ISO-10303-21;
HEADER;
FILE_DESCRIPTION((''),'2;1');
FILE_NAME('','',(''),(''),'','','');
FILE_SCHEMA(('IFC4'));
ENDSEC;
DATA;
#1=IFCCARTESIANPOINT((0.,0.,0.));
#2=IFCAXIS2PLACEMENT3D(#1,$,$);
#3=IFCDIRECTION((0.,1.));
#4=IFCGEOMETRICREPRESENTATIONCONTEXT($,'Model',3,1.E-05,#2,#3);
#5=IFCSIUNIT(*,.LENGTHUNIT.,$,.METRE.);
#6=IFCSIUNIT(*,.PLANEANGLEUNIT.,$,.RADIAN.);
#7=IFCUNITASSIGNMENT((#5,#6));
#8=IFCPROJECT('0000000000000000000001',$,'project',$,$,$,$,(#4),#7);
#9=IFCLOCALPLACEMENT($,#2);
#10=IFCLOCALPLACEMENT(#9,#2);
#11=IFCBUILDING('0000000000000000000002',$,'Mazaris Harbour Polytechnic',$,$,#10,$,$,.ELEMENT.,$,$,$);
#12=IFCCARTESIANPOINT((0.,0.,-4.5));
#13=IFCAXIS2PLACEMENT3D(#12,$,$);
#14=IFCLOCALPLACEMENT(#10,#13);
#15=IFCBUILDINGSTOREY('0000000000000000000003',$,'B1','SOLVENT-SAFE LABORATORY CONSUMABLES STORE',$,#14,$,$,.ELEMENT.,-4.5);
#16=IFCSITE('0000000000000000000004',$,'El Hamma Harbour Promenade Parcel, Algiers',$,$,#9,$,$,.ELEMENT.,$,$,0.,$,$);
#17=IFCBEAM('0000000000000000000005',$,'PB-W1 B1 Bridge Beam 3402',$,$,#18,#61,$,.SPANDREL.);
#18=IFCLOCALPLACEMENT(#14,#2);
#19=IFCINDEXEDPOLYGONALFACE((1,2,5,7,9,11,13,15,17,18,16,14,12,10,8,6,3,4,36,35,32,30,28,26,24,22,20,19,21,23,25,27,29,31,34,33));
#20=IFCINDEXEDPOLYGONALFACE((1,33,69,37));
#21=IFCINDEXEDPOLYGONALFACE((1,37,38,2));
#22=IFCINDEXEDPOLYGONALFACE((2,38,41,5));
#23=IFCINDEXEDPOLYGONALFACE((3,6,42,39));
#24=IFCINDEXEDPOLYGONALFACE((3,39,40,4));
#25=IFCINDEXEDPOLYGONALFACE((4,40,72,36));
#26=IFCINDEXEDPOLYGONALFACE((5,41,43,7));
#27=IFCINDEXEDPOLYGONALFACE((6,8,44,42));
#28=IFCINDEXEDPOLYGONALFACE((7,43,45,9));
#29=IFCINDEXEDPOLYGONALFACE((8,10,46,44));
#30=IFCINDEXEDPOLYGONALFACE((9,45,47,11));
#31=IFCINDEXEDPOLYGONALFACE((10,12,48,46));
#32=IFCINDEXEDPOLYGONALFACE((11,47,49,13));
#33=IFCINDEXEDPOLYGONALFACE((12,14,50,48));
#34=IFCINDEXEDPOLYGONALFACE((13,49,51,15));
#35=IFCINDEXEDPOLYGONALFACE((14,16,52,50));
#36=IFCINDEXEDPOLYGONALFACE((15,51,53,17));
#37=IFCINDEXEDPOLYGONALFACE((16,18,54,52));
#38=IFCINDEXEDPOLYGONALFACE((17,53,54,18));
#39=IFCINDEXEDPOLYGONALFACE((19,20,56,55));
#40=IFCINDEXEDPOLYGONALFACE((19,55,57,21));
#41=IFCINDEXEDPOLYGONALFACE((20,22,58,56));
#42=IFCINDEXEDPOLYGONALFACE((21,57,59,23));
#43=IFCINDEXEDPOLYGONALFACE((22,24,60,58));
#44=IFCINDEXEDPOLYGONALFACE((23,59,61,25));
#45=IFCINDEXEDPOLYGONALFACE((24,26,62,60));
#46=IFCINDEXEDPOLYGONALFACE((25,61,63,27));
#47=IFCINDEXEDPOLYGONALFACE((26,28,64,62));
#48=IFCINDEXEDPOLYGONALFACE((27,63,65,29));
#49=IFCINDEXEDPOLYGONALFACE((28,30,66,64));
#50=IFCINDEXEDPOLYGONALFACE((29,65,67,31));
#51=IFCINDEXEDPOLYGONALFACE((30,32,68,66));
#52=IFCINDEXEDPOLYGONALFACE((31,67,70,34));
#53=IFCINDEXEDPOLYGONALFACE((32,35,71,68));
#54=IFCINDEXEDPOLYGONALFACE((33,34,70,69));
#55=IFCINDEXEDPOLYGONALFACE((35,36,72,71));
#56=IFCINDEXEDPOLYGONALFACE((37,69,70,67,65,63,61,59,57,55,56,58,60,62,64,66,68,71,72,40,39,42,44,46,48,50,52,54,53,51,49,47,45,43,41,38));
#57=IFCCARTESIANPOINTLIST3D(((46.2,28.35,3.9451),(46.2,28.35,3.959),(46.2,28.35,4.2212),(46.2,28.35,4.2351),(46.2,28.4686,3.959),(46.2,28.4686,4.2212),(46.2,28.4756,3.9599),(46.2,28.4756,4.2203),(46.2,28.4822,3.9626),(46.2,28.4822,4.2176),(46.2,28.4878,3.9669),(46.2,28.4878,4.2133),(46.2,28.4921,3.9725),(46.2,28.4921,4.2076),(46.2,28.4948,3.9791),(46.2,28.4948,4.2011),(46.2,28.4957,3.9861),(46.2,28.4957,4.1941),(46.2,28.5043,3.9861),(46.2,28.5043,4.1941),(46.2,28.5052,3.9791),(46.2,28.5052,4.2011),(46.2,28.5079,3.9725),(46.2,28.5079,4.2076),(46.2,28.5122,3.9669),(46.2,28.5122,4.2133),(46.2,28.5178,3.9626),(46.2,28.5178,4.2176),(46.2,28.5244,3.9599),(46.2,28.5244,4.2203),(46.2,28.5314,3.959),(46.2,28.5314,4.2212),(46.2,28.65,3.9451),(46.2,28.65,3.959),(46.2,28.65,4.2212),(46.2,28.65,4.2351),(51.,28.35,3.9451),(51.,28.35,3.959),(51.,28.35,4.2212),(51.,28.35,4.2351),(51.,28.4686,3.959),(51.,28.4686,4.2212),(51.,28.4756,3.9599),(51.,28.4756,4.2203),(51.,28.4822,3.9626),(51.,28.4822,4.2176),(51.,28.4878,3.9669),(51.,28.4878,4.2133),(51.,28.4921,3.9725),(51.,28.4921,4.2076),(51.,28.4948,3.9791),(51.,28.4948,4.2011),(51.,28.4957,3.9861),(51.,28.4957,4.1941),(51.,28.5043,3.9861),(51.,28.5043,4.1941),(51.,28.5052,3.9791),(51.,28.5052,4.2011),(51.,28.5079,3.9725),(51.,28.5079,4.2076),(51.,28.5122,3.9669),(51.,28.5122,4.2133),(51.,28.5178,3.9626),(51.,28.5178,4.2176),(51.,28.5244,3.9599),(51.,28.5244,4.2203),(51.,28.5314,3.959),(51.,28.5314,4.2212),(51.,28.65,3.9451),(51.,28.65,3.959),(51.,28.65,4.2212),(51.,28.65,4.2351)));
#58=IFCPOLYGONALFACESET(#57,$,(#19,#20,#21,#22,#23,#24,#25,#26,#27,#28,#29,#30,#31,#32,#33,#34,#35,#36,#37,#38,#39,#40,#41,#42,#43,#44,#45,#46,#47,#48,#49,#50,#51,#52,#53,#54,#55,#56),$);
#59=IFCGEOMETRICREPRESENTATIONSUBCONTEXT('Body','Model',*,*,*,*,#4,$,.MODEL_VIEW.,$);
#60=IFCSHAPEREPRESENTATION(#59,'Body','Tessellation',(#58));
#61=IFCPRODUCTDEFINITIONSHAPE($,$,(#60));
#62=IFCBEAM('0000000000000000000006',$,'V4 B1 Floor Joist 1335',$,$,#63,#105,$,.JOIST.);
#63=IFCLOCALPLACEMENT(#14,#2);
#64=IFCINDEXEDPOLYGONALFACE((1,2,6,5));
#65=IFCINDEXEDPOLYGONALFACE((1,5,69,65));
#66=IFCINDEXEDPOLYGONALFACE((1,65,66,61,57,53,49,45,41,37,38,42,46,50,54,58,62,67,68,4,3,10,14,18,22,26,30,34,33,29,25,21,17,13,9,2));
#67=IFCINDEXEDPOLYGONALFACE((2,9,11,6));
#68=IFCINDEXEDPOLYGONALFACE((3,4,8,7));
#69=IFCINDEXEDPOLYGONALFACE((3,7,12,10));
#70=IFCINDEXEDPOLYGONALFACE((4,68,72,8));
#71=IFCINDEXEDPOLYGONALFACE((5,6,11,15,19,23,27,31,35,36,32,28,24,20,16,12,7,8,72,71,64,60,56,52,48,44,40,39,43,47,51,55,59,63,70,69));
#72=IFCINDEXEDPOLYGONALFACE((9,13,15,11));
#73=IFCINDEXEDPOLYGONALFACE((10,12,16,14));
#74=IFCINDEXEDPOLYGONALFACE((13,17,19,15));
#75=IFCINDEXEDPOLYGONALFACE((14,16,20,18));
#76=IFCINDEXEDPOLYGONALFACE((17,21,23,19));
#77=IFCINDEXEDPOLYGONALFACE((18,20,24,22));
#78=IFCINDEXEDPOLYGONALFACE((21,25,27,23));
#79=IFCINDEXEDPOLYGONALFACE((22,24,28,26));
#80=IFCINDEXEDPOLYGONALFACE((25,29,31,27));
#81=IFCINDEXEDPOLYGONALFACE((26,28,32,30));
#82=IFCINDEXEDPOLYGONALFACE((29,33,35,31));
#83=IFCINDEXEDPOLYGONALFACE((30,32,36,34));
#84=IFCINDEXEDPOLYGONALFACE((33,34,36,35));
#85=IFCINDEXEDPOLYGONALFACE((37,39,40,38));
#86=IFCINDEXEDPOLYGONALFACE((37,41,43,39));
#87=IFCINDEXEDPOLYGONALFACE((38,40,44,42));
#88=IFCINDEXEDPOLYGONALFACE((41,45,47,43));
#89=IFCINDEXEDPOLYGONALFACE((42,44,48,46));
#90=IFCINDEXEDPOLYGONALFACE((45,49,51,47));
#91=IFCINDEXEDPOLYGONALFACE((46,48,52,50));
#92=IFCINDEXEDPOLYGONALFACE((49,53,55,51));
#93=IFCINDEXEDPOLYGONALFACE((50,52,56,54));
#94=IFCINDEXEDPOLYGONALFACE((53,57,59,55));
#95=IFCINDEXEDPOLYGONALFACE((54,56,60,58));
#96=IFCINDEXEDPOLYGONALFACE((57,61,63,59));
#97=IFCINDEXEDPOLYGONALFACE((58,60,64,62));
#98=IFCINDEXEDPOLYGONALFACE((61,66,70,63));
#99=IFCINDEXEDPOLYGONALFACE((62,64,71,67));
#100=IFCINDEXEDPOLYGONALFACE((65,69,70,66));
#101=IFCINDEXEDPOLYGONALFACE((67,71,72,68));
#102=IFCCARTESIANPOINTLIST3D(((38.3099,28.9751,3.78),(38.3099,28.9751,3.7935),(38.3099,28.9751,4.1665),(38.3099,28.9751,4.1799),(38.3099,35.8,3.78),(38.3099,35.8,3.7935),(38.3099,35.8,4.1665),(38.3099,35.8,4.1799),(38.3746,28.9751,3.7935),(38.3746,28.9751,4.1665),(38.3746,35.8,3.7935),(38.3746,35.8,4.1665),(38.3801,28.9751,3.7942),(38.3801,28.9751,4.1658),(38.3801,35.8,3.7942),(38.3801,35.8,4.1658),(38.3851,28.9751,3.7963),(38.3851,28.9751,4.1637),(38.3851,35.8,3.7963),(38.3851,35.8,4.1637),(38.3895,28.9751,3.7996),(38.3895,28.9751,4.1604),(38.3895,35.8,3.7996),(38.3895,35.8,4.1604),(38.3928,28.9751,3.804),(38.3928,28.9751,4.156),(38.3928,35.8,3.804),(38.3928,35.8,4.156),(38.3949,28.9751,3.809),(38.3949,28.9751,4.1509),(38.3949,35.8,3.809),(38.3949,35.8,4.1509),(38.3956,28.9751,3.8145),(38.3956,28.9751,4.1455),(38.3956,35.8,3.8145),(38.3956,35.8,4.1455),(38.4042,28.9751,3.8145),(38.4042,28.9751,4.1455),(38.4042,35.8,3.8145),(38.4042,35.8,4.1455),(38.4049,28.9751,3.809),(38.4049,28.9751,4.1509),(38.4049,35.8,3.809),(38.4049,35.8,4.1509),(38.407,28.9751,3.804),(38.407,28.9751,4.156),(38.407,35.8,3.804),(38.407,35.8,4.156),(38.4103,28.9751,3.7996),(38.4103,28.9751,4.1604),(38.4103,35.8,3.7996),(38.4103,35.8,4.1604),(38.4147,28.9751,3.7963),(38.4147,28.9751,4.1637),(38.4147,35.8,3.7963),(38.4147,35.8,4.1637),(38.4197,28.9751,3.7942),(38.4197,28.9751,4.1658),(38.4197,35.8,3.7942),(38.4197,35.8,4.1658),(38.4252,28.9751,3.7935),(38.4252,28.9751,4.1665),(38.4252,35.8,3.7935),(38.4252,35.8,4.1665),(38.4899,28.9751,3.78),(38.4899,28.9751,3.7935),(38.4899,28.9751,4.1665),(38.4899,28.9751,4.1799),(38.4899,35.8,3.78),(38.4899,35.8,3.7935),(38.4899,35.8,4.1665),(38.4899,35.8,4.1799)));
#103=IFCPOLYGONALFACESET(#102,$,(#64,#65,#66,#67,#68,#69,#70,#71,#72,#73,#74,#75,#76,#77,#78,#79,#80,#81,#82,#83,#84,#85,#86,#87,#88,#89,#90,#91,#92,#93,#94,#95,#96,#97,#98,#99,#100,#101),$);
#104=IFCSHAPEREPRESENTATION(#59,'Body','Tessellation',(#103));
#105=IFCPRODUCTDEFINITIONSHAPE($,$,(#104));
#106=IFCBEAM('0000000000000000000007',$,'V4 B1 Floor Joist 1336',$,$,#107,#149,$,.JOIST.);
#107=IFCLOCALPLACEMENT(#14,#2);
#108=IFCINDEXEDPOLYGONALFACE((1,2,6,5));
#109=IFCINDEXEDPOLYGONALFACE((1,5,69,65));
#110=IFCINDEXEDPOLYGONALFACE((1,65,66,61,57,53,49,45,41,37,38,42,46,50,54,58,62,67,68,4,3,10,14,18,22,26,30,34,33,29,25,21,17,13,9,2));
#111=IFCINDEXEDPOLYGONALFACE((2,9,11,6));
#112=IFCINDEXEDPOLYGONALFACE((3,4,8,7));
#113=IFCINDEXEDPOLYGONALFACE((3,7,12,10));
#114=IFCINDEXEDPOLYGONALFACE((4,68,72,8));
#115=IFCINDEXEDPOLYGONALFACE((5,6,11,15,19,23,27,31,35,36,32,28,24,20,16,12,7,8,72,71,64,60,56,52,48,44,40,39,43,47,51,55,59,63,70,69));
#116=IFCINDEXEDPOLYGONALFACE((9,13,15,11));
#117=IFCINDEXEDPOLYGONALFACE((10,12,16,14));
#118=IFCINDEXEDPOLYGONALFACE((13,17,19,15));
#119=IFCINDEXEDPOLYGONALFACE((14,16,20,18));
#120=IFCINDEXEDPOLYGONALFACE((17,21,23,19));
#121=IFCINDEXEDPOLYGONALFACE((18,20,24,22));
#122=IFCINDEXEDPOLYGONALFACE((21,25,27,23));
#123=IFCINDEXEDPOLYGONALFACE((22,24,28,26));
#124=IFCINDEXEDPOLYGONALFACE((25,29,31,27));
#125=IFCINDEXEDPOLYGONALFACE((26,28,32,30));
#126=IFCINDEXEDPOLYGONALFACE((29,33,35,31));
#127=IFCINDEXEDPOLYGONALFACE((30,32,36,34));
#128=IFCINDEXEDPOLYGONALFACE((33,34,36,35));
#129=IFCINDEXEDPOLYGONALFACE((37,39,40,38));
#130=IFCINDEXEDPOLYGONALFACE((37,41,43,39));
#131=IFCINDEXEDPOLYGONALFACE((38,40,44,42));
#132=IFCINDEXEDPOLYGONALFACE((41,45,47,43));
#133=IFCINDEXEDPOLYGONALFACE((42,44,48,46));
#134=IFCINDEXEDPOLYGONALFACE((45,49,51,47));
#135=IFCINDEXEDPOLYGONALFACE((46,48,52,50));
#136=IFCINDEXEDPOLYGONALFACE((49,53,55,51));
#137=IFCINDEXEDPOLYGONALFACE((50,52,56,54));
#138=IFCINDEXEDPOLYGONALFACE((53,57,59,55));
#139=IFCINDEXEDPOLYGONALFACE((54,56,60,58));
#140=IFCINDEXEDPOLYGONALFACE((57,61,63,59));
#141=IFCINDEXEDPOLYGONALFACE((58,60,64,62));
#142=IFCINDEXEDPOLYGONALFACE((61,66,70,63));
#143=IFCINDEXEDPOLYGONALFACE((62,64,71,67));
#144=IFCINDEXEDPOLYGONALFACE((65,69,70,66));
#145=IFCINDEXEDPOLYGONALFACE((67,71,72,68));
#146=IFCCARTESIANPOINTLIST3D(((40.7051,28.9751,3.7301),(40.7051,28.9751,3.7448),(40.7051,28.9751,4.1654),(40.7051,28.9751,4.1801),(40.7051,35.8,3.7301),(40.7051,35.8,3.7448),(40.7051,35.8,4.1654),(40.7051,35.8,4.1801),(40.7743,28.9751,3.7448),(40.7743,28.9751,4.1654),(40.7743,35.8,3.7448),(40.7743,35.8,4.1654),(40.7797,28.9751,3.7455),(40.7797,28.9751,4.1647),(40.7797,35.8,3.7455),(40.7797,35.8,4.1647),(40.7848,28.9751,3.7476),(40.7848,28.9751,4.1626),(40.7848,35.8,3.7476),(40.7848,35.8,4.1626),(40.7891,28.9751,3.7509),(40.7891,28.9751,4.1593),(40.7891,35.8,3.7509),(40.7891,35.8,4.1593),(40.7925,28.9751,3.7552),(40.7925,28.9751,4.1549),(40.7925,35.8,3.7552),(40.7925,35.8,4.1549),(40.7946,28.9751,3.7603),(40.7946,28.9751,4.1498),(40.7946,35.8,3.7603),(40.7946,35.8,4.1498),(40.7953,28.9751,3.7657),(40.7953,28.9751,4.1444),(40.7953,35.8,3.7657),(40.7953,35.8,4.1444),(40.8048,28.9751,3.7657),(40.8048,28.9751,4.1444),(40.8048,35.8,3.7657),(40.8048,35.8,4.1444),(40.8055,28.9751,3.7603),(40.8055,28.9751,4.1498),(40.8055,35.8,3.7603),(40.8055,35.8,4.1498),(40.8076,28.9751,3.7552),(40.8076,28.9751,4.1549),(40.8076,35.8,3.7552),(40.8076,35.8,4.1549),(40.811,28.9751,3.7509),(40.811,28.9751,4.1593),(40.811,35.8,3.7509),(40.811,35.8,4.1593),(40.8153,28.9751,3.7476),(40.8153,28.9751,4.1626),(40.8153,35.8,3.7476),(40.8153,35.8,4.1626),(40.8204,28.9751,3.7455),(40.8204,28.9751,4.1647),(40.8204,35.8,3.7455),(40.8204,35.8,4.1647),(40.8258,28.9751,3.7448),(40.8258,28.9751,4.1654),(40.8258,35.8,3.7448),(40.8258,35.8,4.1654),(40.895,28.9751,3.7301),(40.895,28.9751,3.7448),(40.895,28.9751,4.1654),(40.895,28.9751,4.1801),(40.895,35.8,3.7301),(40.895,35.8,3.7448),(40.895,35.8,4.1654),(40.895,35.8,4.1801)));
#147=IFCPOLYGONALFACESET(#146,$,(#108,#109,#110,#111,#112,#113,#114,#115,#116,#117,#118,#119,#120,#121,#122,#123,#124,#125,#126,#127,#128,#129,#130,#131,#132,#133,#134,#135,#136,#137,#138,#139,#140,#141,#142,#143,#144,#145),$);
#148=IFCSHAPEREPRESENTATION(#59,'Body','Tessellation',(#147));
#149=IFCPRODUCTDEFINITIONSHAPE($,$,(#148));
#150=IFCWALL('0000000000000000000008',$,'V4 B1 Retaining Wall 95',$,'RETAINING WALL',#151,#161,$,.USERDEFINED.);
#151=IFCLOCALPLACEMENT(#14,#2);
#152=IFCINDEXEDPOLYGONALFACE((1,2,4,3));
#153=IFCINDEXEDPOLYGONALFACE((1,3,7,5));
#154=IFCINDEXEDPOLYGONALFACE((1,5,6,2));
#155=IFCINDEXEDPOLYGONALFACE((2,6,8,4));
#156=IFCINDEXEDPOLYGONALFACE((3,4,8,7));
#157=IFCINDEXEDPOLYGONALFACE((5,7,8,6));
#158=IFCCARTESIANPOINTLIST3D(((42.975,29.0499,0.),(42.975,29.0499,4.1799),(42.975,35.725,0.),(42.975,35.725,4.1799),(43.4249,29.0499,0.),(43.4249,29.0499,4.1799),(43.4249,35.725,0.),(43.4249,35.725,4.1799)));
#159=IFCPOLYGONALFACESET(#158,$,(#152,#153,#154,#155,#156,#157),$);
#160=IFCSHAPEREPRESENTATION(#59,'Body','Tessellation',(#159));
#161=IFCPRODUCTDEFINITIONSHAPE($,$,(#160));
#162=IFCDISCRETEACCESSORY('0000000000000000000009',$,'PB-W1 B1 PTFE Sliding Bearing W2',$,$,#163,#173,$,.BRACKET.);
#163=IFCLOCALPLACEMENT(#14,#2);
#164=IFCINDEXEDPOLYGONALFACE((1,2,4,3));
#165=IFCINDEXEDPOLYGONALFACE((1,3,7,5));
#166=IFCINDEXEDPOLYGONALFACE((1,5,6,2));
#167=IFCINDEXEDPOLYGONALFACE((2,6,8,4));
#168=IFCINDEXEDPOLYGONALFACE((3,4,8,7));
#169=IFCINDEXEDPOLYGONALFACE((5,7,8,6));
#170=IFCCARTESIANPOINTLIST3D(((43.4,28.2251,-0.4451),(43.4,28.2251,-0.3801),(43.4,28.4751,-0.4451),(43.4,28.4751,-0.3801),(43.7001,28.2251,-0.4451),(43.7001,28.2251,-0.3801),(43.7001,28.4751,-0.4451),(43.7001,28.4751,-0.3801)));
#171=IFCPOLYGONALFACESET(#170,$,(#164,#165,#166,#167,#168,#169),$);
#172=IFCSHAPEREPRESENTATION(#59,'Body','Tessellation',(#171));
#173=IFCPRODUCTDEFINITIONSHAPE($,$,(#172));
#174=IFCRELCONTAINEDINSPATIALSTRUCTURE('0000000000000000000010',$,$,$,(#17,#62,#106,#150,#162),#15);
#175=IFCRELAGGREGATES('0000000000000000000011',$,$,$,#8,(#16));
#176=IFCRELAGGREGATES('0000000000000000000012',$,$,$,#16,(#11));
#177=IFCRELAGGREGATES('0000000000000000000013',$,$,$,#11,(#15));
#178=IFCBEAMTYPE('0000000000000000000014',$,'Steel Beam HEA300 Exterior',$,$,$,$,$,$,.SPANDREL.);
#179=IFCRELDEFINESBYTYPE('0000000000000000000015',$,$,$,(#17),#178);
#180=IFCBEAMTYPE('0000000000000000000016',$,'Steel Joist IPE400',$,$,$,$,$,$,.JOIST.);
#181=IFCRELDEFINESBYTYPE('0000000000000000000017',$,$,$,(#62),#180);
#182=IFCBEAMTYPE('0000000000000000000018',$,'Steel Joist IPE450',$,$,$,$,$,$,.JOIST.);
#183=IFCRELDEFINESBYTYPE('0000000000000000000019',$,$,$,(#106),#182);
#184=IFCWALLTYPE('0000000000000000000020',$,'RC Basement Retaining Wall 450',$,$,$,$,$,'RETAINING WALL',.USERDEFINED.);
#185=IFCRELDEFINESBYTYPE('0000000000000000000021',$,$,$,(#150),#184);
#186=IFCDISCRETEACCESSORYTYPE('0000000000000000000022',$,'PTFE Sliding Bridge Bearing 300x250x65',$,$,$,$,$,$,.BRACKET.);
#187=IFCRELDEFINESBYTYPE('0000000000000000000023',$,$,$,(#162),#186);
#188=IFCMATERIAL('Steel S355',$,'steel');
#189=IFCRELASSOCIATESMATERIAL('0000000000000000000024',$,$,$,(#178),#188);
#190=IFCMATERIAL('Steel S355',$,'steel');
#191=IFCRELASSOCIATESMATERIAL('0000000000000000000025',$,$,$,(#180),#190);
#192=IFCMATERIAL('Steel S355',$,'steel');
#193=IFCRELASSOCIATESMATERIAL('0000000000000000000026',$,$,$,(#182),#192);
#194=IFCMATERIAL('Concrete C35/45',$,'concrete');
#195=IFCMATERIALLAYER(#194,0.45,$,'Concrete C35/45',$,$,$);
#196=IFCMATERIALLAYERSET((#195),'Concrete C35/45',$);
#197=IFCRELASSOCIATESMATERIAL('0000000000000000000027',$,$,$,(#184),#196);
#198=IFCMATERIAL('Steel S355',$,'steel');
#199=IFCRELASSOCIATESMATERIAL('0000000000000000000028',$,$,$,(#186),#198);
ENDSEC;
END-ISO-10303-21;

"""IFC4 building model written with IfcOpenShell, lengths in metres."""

from ifc_helpers import new_model, si_unit, direction, frame, frame_2d, origin, origin_2d, place, context, subcontext, project, spatial, rectangle, i_section, extrude, material, layer, layer_set, material_profile, profile_set, type_object, element, save


model = new_model("IFC4")

# Units and contexts
model_context = context("Model", 3, precision=1e-05, world=origin(), true_north=direction((0.0, 1.0)))
body_context = subcontext(model_context, "Body", "Model", "MODEL_VIEW")
ifc_project = project(units=[si_unit("LENGTHUNIT", "METRE"), si_unit("PLANEANGLEUNIT", "RADIAN")], contexts=[model_context])

# Site, building, storey
site_placement = place(None, origin())
site = spatial("IfcSite", under=ifc_project, at=site_placement, Name="El Hamma Harbour Promenade Parcel, Algiers", CompositionType="ELEMENT", RefElevation=0.0)
building_placement = place(site_placement, origin())
building = spatial("IfcBuilding", under=site, at=building_placement, Name="Mazaris Harbour Polytechnic", CompositionType="ELEMENT")
storey_placement = place(building_placement, frame((0.0, 0.0, -4.5)))
storey = spatial("IfcBuildingStorey", under=building, at=storey_placement, Name="B1", Description="SOLVENT-SAFE LABORATORY CONSUMABLES STORE", CompositionType="ELEMENT", Elevation=-4.5)

# Beams
ifc_material_1 = material(Name="Steel S355", Category="steel")
ifc_material_profile_1 = material_profile(ifc_material_1, i_section(OverallWidth=0.3, OverallDepth=0.29, WebThickness=0.0085, FlangeThickness=0.0139, FilletRadius=0.0271, at=origin_2d()), Name="HEA 300")
ifc_profile_set_1 = profile_set([ifc_material_profile_1], Name="Steel S355")
beam_type_1 = type_object("IfcBeamType", Name="Steel Beam HEA300 Exterior", PredefinedType="SPANDREL", material=ifc_profile_set_1)
beam_1_placement = place(storey_placement, frame((46.2, 28.5, 4.0901), z_axis=(1.0, 0.0, 0.0), x_axis=(0.0, 1.0, 0.0)))
element("IfcBeam", 1, at=beam_1_placement, inside=storey, type_object=beam_type_1, Name="PB-W1 B1 Bridge Beam 3402", PredefinedType="SPANDREL", context=body_context, shape_type="SweptSolid", body=[
    extrude(i_section(OverallWidth=0.3, OverallDepth=0.29, WebThickness=0.0085, FlangeThickness=0.0139, FilletRadius=0.0271, at=origin_2d()), origin(), (0.0, 0.0, 1.0), 4.8),
])
ifc_material_2 = material(Name="Steel S355", Category="steel")
ifc_material_profile_2 = material_profile(ifc_material_2, i_section(OverallWidth=0.1799, OverallDepth=0.3999, WebThickness=0.0085, FlangeThickness=0.0134, FilletRadius=0.021, at=origin_2d()), Name="IPE 400")
ifc_profile_set_2 = profile_set([ifc_material_profile_2], Name="Steel S355")
beam_type_2 = type_object("IfcBeamType", Name="Steel Joist IPE400", PredefinedType="JOIST", material=ifc_profile_set_2)
beam_2_placement = place(storey_placement, frame((38.3999, 28.9751, 3.98), z_axis=(0.0, 1.0, 0.0), x_axis=(-1.0, 0.0, 0.0)))
element("IfcBeam", 2, at=beam_2_placement, inside=storey, type_object=beam_type_2, Name="V4 B1 Floor Joist 1335", PredefinedType="JOIST", context=body_context, shape_type="SweptSolid", body=[
    extrude(i_section(OverallWidth=0.1799, OverallDepth=0.3999, WebThickness=0.0085, FlangeThickness=0.0134, FilletRadius=0.021, at=origin_2d()), origin(), (0.0, 0.0, 1.0), 6.825),
])
ifc_material_3 = material(Name="Steel S355", Category="steel")
ifc_material_profile_3 = material_profile(ifc_material_3, i_section(OverallWidth=0.1899, OverallDepth=0.45, WebThickness=0.0095, FlangeThickness=0.0146, FilletRadius=0.021, at=origin_2d()), Name="IPE 450")
ifc_profile_set_3 = profile_set([ifc_material_profile_3], Name="Steel S355")
beam_type_3 = type_object("IfcBeamType", Name="Steel Joist IPE450", PredefinedType="JOIST", material=ifc_profile_set_3)
beam_3_placement = place(storey_placement, frame((40.8, 28.9751, 3.9551), z_axis=(0.0, 1.0, 0.0), x_axis=(-1.0, 0.0, 0.0)))
element("IfcBeam", 3, at=beam_3_placement, inside=storey, type_object=beam_type_3, Name="V4 B1 Floor Joist 1336", PredefinedType="JOIST", context=body_context, shape_type="SweptSolid", body=[
    extrude(i_section(OverallWidth=0.1899, OverallDepth=0.45, WebThickness=0.0095, FlangeThickness=0.0146, FilletRadius=0.021, at=origin_2d()), origin(), (0.0, 0.0, 1.0), 6.825),
])

# Wall
ifc_material_4 = material(Name="Concrete C35/45", Category="concrete")
ifc_layer = layer(ifc_material_4, 0.45, Name="Concrete C35/45")
ifc_layer_set = layer_set([ifc_layer], Name="Concrete C35/45")
wall_type = type_object("IfcWallType", Name="RC Basement Retaining Wall 450", ElementType="RETAINING WALL", PredefinedType="USERDEFINED", material=ifc_layer_set)
wall_placement = place(storey_placement, frame((43.2, 29.05, 0.0), z_axis=(0.0, 0.0, 1.0), x_axis=(0.0, 1.0, 0.0)))
element("IfcWall", 4, at=wall_placement, inside=storey, type_object=wall_type, Name="V4 B1 Retaining Wall 95", ObjectType="RETAINING WALL", PredefinedType="USERDEFINED", context=body_context, shape_type="SweptSolid", body=[
    extrude(rectangle(XDim=6.675, YDim=0.45, at=frame_2d((3.3374, 0.0))), origin(), (0.0, 0.0, 1.0), 4.1799),
])

# Discrete accessory
ifc_material_5 = material(Name="Steel S355", Category="steel")
discrete_accessory_type = type_object("IfcDiscreteAccessoryType", Name="PTFE Sliding Bridge Bearing 300x250x65", PredefinedType="BRACKET", material=ifc_material_5)
discrete_accessory_placement = place(storey_placement, frame((43.55, 28.3501, -0.4451), z_axis=(0.0, 0.0, 1.0), x_axis=(1.0, 0.0, 0.0)))
element("IfcDiscreteAccessory", 5, at=discrete_accessory_placement, inside=storey, type_object=discrete_accessory_type, Name="PB-W1 B1 PTFE Sliding Bearing W2", PredefinedType="BRACKET", context=body_context, shape_type="SweptSolid", body=[
    extrude(rectangle(XDim=0.3, YDim=0.25, at=origin_2d()), origin(), (0.0, 0.0, 1.0), 0.0649),
])

save(model, "model.ifc")
